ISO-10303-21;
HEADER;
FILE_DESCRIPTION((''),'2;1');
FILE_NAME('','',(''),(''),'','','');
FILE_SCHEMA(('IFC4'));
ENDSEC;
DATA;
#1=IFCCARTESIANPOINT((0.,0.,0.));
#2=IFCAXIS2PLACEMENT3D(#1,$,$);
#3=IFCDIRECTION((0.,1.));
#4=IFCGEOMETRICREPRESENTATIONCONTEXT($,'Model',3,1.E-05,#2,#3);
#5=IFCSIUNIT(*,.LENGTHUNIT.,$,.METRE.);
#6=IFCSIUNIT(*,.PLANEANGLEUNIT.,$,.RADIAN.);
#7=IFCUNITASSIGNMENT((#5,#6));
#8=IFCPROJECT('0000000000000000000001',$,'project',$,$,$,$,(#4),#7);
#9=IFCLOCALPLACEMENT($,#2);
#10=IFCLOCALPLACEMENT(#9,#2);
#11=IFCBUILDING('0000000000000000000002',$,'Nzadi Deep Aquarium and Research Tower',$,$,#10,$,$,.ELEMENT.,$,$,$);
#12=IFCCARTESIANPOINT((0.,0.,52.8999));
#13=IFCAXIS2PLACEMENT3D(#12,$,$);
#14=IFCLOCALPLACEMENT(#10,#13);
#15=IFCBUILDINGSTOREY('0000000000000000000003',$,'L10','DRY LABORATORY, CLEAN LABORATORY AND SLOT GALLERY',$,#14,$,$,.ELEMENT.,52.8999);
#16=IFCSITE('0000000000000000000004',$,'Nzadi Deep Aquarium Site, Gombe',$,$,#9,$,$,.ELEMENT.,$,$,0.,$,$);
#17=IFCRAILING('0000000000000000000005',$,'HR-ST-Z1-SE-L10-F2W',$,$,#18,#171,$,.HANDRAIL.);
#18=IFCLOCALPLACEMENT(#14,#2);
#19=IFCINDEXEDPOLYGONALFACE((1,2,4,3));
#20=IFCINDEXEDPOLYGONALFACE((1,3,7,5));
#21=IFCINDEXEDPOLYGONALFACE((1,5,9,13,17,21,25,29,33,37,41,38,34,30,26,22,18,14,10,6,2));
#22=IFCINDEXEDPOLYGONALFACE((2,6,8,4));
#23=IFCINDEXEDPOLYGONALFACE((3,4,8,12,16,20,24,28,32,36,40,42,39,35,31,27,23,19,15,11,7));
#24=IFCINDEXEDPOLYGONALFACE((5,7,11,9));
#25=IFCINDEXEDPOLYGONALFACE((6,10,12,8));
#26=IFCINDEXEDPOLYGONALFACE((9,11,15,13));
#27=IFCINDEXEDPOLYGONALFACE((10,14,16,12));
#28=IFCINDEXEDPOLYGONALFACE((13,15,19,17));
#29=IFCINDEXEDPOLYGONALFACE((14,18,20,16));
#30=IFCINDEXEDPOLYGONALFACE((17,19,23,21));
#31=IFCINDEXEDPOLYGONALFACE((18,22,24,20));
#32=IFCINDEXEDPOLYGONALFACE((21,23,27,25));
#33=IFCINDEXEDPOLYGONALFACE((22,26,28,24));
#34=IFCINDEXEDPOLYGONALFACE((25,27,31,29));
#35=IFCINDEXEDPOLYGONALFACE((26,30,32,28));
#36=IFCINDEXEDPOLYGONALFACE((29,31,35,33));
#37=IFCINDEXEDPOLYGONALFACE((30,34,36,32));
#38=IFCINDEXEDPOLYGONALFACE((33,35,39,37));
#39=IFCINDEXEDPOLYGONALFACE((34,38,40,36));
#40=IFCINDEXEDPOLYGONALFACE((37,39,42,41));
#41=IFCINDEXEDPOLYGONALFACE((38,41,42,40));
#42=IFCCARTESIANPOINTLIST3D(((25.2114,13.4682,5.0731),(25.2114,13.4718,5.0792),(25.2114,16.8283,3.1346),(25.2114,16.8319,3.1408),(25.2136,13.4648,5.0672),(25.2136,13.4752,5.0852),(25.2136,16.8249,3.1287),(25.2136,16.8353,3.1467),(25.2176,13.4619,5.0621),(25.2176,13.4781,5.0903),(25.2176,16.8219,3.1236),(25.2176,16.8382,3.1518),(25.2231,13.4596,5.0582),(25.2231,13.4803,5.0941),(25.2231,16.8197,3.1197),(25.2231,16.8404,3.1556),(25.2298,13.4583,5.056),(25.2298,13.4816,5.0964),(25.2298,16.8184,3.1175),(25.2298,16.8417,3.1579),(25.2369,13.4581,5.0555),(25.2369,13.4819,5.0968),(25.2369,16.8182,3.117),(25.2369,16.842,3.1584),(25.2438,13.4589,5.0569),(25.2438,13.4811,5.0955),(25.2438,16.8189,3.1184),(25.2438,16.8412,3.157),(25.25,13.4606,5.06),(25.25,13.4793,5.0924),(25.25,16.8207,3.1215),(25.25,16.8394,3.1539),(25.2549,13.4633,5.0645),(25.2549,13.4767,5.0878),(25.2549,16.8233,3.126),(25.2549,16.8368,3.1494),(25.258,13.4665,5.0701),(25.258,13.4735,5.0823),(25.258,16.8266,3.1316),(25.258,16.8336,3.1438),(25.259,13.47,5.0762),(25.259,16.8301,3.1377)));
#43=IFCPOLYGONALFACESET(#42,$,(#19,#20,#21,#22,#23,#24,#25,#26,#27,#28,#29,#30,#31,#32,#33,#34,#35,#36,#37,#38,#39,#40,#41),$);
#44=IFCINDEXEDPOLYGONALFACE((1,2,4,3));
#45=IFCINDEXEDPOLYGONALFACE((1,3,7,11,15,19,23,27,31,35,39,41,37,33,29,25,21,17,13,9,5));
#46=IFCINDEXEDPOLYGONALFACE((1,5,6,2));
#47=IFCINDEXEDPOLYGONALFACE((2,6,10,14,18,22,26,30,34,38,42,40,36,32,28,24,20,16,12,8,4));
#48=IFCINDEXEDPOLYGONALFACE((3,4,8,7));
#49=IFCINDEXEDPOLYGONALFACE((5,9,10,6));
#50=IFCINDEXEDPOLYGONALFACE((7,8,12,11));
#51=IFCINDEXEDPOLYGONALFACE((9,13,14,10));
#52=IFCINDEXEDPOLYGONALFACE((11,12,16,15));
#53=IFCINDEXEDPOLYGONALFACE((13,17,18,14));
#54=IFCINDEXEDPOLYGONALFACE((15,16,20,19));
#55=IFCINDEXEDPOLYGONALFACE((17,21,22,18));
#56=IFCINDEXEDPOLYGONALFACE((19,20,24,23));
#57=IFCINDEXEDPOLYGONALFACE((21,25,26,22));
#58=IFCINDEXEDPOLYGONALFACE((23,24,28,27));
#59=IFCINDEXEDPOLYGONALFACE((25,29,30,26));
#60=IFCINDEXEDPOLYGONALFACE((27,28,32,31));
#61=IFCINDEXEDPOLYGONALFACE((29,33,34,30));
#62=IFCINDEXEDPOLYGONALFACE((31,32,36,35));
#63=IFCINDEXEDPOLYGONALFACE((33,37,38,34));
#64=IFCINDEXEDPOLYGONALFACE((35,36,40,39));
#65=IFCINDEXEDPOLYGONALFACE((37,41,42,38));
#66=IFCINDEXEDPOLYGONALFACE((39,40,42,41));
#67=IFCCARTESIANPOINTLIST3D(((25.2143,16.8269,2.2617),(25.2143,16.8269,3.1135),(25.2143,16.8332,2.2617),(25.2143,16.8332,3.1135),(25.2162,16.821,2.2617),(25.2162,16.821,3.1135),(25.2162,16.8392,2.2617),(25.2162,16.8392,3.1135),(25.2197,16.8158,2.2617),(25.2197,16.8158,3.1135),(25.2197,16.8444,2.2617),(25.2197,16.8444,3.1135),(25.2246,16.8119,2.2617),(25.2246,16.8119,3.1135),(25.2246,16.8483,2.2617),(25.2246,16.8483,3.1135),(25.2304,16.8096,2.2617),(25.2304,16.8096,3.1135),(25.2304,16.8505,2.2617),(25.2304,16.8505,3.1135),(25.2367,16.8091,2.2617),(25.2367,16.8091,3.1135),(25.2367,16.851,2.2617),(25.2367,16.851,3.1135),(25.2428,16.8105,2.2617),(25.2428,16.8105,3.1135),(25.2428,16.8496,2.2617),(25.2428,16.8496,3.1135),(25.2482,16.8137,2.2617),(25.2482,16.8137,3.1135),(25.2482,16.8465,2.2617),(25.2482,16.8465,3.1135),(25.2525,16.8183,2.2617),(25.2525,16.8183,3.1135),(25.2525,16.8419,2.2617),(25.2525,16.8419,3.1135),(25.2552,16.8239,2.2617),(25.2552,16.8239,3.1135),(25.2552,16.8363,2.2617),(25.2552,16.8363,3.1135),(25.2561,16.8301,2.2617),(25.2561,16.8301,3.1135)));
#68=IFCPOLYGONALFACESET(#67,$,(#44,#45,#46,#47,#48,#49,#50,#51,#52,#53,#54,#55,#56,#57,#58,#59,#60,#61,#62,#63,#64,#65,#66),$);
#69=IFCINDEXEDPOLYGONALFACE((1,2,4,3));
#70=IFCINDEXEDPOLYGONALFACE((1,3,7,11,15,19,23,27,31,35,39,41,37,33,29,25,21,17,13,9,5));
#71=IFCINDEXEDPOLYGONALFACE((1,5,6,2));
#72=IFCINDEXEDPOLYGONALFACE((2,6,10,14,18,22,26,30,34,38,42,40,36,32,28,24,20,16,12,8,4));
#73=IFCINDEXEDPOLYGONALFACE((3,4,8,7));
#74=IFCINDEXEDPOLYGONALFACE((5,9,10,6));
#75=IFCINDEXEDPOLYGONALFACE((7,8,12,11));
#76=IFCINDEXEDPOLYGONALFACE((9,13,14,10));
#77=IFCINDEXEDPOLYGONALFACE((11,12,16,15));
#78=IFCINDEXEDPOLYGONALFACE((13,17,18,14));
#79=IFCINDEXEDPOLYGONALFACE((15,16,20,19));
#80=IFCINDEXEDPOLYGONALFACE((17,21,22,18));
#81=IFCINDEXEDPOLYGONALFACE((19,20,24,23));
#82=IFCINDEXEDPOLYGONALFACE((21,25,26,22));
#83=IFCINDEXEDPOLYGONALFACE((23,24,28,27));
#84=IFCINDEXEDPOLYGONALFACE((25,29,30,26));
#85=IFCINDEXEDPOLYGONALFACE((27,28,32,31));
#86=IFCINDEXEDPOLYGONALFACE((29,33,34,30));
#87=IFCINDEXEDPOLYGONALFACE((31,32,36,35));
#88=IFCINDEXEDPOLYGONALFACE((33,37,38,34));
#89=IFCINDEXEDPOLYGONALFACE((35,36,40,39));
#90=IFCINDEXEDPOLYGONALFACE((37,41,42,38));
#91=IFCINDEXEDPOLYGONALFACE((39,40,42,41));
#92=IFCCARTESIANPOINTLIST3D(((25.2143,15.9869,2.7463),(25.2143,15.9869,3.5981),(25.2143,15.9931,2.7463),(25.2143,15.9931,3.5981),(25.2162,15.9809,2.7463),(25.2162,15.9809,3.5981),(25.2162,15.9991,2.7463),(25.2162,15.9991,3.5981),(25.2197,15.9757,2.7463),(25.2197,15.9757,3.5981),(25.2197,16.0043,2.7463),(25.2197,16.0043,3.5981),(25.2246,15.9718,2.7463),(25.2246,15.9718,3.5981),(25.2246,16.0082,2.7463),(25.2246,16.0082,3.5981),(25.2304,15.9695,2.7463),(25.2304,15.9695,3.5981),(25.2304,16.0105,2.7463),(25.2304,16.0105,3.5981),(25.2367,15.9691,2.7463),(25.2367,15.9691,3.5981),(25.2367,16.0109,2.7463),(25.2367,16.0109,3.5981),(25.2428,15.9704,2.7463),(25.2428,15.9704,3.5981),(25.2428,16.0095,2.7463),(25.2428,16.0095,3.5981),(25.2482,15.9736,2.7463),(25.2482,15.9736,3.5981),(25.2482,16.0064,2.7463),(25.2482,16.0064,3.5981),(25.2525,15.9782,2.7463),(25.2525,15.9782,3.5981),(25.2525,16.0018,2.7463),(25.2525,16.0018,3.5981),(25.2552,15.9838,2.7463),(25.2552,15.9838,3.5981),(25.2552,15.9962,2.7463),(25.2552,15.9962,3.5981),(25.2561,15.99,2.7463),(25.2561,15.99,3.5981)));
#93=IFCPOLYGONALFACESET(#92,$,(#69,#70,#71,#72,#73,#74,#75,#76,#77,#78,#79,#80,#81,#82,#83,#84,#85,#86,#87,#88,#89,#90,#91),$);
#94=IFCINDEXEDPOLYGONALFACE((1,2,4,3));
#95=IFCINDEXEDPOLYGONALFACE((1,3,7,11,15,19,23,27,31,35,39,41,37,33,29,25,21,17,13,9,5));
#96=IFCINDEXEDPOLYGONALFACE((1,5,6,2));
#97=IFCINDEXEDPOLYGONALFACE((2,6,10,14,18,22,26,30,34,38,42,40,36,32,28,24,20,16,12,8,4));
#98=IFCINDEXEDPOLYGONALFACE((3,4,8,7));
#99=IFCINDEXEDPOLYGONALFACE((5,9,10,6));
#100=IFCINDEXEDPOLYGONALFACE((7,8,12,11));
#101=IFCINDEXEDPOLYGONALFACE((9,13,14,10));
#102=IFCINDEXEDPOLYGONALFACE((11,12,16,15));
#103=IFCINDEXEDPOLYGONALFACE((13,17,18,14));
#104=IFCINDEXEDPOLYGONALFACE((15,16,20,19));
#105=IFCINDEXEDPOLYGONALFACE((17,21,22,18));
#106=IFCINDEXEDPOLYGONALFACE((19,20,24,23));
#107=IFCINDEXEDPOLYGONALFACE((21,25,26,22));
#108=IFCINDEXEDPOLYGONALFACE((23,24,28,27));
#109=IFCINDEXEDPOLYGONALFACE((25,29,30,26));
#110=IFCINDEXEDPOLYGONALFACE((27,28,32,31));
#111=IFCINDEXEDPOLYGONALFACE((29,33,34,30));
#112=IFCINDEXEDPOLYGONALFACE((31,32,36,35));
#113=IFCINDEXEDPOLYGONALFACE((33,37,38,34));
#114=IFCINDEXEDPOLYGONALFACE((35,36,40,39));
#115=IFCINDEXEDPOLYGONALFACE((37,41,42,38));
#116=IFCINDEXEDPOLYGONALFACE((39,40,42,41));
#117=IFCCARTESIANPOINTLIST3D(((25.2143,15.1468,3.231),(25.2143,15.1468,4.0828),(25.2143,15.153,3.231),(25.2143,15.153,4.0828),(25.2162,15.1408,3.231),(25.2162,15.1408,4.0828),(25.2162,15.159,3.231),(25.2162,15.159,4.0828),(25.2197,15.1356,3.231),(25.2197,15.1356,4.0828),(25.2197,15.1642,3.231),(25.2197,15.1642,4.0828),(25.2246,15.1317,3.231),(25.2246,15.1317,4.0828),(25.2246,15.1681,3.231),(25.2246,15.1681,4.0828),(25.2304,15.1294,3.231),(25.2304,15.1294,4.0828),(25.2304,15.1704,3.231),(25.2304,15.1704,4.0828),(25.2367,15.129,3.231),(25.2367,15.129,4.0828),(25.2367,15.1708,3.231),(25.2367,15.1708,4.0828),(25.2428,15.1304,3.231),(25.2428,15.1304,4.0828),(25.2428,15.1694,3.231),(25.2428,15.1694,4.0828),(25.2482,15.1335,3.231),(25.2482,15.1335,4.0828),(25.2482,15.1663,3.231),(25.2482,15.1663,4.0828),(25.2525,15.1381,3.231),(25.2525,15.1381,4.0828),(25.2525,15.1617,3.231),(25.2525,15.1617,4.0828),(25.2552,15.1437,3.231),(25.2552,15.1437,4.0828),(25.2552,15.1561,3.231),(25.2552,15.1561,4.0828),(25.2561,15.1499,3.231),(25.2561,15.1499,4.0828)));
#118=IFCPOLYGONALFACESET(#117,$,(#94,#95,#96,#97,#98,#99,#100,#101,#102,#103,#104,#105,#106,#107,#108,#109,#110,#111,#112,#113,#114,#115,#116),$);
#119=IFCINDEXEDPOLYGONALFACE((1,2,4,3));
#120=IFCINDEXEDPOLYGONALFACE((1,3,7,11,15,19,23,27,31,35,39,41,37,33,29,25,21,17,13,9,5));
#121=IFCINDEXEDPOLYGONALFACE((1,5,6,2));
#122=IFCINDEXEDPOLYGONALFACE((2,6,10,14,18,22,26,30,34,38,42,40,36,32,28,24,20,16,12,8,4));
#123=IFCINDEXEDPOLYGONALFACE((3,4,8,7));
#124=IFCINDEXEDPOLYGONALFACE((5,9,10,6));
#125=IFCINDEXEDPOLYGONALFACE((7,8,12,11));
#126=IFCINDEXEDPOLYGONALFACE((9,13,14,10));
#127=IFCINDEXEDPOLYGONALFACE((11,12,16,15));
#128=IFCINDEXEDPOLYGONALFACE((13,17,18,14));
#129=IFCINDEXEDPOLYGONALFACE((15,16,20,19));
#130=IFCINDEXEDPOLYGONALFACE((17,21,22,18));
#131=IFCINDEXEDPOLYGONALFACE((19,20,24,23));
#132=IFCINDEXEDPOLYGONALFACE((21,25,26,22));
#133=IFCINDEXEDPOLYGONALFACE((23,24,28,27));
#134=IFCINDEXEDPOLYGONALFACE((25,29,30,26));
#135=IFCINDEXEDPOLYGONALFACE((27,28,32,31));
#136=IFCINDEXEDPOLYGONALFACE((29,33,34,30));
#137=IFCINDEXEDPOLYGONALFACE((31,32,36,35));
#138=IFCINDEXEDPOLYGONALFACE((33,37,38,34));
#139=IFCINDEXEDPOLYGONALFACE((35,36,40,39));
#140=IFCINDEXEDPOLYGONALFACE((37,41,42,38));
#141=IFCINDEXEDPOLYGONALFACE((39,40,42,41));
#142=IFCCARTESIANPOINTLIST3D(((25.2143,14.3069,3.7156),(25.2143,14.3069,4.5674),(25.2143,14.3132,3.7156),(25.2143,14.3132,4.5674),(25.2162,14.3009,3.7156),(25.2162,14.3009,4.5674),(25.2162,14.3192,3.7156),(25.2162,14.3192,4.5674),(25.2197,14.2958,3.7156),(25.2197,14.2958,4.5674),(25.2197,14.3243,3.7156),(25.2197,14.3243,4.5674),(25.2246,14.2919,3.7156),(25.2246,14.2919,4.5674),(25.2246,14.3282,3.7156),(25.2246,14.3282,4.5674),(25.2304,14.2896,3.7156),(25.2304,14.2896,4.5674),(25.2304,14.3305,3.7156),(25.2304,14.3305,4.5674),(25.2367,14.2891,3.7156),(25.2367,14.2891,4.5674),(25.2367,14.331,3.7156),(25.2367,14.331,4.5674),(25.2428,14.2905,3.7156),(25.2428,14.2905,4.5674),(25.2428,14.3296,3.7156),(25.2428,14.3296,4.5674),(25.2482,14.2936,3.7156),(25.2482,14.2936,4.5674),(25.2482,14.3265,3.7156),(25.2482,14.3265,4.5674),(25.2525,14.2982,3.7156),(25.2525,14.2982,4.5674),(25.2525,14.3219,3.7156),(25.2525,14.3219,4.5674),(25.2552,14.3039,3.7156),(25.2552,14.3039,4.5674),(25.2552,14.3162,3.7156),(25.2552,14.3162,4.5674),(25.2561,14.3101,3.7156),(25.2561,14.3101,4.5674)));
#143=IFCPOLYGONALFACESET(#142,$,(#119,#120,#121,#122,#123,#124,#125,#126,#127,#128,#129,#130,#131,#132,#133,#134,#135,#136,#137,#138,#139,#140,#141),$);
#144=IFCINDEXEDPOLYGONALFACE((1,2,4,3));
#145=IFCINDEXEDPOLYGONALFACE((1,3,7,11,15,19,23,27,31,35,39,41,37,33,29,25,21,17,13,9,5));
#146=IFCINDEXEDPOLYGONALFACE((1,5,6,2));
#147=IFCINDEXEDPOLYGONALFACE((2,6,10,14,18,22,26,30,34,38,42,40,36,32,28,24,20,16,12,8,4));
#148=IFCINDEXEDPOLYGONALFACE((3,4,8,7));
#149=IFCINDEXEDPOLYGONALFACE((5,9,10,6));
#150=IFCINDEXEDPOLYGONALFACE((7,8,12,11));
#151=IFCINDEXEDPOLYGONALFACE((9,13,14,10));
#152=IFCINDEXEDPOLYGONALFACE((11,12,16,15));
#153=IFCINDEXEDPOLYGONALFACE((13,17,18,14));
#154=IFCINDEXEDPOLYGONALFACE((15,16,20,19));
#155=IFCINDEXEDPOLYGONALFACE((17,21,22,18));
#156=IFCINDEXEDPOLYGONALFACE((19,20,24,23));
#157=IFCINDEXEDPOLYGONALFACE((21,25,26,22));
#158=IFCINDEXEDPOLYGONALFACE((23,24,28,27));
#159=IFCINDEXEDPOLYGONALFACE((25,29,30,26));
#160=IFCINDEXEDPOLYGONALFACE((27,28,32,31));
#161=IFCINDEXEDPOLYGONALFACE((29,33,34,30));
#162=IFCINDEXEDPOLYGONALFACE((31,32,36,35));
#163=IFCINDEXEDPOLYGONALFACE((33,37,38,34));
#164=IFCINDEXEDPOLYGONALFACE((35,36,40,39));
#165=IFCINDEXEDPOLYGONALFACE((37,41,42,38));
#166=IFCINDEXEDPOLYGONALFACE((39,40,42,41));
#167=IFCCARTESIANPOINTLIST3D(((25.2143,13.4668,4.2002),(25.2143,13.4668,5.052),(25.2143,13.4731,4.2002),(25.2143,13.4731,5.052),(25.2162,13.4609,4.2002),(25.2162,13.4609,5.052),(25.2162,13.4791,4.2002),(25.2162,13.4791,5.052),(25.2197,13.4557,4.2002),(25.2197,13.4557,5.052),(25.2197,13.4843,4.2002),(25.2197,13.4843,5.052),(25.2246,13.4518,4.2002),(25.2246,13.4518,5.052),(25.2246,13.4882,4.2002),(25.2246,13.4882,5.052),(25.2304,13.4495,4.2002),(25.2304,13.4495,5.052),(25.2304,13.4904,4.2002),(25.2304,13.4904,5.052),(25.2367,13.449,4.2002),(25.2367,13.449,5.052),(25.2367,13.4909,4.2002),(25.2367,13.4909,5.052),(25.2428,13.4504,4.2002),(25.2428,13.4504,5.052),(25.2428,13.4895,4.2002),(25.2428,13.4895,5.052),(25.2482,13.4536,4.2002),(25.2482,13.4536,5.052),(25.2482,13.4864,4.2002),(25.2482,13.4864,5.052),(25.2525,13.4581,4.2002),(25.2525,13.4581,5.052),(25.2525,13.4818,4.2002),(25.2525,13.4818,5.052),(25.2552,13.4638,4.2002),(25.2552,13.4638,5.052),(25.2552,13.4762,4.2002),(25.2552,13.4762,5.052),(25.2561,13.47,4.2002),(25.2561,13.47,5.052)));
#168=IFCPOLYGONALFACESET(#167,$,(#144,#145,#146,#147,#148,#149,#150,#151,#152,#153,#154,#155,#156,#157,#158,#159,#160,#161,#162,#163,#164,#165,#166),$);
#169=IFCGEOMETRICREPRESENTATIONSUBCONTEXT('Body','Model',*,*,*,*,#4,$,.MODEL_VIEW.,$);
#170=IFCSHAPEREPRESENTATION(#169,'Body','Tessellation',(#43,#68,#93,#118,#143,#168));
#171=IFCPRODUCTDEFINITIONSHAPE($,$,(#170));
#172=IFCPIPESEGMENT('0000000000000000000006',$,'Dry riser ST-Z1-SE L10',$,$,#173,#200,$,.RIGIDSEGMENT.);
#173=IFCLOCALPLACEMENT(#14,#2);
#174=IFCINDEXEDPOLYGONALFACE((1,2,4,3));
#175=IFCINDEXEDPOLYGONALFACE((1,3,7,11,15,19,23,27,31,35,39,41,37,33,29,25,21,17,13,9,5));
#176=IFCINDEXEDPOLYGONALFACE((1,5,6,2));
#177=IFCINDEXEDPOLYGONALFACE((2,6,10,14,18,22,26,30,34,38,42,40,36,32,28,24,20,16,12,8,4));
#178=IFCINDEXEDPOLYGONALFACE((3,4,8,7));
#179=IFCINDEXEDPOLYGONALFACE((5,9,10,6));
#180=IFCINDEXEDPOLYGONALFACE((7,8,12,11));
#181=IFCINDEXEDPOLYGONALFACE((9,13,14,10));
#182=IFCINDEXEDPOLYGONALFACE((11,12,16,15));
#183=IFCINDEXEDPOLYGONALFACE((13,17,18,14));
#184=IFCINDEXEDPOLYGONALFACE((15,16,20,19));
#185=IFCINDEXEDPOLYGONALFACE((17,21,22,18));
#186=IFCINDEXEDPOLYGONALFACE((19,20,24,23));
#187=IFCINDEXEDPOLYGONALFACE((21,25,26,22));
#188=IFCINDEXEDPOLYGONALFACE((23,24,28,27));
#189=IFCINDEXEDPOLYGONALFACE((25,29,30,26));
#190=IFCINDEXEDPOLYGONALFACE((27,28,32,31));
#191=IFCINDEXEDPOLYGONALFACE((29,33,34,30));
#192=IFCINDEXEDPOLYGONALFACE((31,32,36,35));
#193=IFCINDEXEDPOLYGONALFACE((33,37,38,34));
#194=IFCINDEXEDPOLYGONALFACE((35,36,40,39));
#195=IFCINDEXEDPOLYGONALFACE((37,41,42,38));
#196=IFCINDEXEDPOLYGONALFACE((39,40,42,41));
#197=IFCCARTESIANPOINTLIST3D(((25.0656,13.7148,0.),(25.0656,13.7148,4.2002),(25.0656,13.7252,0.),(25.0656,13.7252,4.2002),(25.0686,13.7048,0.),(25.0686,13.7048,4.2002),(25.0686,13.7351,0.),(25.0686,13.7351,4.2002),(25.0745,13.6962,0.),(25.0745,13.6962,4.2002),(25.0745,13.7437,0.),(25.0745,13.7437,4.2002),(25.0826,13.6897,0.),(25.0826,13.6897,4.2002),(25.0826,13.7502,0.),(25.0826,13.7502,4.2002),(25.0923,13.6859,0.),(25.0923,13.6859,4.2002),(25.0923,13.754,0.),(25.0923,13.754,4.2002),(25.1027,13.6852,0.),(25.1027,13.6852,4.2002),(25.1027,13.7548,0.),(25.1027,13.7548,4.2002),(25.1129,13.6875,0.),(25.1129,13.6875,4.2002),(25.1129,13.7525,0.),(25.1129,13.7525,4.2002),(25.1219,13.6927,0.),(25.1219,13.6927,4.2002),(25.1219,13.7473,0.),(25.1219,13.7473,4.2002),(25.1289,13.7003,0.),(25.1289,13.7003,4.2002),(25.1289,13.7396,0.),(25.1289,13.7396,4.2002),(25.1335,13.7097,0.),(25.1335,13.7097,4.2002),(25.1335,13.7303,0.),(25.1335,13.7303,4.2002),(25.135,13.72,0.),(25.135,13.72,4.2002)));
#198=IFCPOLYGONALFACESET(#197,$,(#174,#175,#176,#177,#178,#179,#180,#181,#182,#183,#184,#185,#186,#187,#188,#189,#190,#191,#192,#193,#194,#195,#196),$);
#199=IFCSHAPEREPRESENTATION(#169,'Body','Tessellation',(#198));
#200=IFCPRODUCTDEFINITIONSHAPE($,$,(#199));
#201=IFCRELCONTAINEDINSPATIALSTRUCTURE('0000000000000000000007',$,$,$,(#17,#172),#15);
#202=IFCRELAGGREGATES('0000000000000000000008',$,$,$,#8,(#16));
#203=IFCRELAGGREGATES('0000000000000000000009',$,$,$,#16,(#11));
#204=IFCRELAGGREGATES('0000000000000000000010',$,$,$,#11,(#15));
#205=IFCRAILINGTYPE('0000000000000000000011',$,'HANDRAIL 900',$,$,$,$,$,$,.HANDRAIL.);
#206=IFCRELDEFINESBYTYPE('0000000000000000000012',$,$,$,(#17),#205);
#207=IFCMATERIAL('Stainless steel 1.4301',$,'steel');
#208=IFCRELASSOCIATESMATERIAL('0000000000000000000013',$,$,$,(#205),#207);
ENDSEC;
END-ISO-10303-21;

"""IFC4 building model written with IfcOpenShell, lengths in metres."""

from ifc_helpers import new_model, si_unit, direction, frame, origin, origin_2d, place, context, subcontext, project, spatial, circle, extrude, material, type_object, element, save


model = new_model("IFC4")

# Units and contexts
model_context = context("Model", 3, precision=1e-05, world=origin(), true_north=direction((0.0, 1.0)))
body_context = subcontext(model_context, "Body", "Model", "MODEL_VIEW")
ifc_project = project(units=[si_unit("LENGTHUNIT", "METRE"), si_unit("PLANEANGLEUNIT", "RADIAN")], contexts=[model_context])

# Site, building, storey
site_placement = place(None, origin())
site = spatial("IfcSite", under=ifc_project, at=site_placement, Name="Nzadi Deep Aquarium Site, Gombe", CompositionType="ELEMENT", RefElevation=0.0)
building_placement = place(site_placement, origin())
building = spatial("IfcBuilding", under=site, at=building_placement, Name="Nzadi Deep Aquarium and Research Tower", CompositionType="ELEMENT")
storey_placement = place(building_placement, frame((0.0, 0.0, 52.8999)))
storey = spatial("IfcBuildingStorey", under=building, at=storey_placement, Name="L10", Description="DRY LABORATORY, CLEAN LABORATORY AND SLOT GALLERY", CompositionType="ELEMENT", Elevation=52.8999)

# Railing
ifc_material_1 = material(Name="Stainless steel 1.4301", Category="steel")
railing_type = type_object("IfcRailingType", Name="HANDRAIL 900", PredefinedType="HANDRAIL", material=ifc_material_1)
for number, where, name in (
    (1, (25.2351, 16.8301, 2.2617), "HR-ST-Z1-SE-L10-F2W"),
):
    element("IfcRailing", number, at=place(storey_placement, frame(where)), inside=storey, type_object=railing_type, Name=name, PredefinedType="HANDRAIL", context=body_context, shape_type="SweptSolid", body=[
        extrude(circle(Radius=0.0239, at=origin_2d()), frame((0.0, 0.0, 0.876), z_axis=(0.0, -0.866191, 0.499713), x_axis=(1.0, 0.0, 0.0)), (0.0, 0.0, 1.0), 3.8792),
        extrude(circle(Radius=0.021, at=origin_2d()), origin(), (0.0, 0.0, 1.0), 0.8518),
        extrude(circle(Radius=0.021, at=origin_2d()), frame((0.0, -0.8401, 0.4846)), (0.0, 0.0, 1.0), 0.8518),
        extrude(circle(Radius=0.021, at=origin_2d()), frame((0.0, -1.6802, 0.9692)), (0.0, 0.0, 1.0), 0.8518),
        extrude(circle(Radius=0.021, at=origin_2d()), frame((0.0, -2.52, 1.4539)), (0.0, 0.0, 1.0), 0.8518),
        extrude(circle(Radius=0.021, at=origin_2d()), frame((0.0, -3.3601, 1.9385)), (0.0, 0.0, 1.0), 0.8518),
    ])

# Pipe segment
pipe_segment_placement = place(storey_placement, frame((25.1001, 13.72, 0.0), z_axis=(0.0, 0.0, 1.0), x_axis=(1.0, 0.0, 0.0)))
element("IfcPipeSegment", 2, at=pipe_segment_placement, inside=storey, Name="Dry riser ST-Z1-SE L10", PredefinedType="RIGIDSEGMENT", context=body_context, shape_type="SweptSolid", body=[
    extrude(circle(Radius=0.0349, at=origin_2d()), origin(), (0.0, 0.0, 1.0), 4.2002),
])

save(model, "model.ifc")
